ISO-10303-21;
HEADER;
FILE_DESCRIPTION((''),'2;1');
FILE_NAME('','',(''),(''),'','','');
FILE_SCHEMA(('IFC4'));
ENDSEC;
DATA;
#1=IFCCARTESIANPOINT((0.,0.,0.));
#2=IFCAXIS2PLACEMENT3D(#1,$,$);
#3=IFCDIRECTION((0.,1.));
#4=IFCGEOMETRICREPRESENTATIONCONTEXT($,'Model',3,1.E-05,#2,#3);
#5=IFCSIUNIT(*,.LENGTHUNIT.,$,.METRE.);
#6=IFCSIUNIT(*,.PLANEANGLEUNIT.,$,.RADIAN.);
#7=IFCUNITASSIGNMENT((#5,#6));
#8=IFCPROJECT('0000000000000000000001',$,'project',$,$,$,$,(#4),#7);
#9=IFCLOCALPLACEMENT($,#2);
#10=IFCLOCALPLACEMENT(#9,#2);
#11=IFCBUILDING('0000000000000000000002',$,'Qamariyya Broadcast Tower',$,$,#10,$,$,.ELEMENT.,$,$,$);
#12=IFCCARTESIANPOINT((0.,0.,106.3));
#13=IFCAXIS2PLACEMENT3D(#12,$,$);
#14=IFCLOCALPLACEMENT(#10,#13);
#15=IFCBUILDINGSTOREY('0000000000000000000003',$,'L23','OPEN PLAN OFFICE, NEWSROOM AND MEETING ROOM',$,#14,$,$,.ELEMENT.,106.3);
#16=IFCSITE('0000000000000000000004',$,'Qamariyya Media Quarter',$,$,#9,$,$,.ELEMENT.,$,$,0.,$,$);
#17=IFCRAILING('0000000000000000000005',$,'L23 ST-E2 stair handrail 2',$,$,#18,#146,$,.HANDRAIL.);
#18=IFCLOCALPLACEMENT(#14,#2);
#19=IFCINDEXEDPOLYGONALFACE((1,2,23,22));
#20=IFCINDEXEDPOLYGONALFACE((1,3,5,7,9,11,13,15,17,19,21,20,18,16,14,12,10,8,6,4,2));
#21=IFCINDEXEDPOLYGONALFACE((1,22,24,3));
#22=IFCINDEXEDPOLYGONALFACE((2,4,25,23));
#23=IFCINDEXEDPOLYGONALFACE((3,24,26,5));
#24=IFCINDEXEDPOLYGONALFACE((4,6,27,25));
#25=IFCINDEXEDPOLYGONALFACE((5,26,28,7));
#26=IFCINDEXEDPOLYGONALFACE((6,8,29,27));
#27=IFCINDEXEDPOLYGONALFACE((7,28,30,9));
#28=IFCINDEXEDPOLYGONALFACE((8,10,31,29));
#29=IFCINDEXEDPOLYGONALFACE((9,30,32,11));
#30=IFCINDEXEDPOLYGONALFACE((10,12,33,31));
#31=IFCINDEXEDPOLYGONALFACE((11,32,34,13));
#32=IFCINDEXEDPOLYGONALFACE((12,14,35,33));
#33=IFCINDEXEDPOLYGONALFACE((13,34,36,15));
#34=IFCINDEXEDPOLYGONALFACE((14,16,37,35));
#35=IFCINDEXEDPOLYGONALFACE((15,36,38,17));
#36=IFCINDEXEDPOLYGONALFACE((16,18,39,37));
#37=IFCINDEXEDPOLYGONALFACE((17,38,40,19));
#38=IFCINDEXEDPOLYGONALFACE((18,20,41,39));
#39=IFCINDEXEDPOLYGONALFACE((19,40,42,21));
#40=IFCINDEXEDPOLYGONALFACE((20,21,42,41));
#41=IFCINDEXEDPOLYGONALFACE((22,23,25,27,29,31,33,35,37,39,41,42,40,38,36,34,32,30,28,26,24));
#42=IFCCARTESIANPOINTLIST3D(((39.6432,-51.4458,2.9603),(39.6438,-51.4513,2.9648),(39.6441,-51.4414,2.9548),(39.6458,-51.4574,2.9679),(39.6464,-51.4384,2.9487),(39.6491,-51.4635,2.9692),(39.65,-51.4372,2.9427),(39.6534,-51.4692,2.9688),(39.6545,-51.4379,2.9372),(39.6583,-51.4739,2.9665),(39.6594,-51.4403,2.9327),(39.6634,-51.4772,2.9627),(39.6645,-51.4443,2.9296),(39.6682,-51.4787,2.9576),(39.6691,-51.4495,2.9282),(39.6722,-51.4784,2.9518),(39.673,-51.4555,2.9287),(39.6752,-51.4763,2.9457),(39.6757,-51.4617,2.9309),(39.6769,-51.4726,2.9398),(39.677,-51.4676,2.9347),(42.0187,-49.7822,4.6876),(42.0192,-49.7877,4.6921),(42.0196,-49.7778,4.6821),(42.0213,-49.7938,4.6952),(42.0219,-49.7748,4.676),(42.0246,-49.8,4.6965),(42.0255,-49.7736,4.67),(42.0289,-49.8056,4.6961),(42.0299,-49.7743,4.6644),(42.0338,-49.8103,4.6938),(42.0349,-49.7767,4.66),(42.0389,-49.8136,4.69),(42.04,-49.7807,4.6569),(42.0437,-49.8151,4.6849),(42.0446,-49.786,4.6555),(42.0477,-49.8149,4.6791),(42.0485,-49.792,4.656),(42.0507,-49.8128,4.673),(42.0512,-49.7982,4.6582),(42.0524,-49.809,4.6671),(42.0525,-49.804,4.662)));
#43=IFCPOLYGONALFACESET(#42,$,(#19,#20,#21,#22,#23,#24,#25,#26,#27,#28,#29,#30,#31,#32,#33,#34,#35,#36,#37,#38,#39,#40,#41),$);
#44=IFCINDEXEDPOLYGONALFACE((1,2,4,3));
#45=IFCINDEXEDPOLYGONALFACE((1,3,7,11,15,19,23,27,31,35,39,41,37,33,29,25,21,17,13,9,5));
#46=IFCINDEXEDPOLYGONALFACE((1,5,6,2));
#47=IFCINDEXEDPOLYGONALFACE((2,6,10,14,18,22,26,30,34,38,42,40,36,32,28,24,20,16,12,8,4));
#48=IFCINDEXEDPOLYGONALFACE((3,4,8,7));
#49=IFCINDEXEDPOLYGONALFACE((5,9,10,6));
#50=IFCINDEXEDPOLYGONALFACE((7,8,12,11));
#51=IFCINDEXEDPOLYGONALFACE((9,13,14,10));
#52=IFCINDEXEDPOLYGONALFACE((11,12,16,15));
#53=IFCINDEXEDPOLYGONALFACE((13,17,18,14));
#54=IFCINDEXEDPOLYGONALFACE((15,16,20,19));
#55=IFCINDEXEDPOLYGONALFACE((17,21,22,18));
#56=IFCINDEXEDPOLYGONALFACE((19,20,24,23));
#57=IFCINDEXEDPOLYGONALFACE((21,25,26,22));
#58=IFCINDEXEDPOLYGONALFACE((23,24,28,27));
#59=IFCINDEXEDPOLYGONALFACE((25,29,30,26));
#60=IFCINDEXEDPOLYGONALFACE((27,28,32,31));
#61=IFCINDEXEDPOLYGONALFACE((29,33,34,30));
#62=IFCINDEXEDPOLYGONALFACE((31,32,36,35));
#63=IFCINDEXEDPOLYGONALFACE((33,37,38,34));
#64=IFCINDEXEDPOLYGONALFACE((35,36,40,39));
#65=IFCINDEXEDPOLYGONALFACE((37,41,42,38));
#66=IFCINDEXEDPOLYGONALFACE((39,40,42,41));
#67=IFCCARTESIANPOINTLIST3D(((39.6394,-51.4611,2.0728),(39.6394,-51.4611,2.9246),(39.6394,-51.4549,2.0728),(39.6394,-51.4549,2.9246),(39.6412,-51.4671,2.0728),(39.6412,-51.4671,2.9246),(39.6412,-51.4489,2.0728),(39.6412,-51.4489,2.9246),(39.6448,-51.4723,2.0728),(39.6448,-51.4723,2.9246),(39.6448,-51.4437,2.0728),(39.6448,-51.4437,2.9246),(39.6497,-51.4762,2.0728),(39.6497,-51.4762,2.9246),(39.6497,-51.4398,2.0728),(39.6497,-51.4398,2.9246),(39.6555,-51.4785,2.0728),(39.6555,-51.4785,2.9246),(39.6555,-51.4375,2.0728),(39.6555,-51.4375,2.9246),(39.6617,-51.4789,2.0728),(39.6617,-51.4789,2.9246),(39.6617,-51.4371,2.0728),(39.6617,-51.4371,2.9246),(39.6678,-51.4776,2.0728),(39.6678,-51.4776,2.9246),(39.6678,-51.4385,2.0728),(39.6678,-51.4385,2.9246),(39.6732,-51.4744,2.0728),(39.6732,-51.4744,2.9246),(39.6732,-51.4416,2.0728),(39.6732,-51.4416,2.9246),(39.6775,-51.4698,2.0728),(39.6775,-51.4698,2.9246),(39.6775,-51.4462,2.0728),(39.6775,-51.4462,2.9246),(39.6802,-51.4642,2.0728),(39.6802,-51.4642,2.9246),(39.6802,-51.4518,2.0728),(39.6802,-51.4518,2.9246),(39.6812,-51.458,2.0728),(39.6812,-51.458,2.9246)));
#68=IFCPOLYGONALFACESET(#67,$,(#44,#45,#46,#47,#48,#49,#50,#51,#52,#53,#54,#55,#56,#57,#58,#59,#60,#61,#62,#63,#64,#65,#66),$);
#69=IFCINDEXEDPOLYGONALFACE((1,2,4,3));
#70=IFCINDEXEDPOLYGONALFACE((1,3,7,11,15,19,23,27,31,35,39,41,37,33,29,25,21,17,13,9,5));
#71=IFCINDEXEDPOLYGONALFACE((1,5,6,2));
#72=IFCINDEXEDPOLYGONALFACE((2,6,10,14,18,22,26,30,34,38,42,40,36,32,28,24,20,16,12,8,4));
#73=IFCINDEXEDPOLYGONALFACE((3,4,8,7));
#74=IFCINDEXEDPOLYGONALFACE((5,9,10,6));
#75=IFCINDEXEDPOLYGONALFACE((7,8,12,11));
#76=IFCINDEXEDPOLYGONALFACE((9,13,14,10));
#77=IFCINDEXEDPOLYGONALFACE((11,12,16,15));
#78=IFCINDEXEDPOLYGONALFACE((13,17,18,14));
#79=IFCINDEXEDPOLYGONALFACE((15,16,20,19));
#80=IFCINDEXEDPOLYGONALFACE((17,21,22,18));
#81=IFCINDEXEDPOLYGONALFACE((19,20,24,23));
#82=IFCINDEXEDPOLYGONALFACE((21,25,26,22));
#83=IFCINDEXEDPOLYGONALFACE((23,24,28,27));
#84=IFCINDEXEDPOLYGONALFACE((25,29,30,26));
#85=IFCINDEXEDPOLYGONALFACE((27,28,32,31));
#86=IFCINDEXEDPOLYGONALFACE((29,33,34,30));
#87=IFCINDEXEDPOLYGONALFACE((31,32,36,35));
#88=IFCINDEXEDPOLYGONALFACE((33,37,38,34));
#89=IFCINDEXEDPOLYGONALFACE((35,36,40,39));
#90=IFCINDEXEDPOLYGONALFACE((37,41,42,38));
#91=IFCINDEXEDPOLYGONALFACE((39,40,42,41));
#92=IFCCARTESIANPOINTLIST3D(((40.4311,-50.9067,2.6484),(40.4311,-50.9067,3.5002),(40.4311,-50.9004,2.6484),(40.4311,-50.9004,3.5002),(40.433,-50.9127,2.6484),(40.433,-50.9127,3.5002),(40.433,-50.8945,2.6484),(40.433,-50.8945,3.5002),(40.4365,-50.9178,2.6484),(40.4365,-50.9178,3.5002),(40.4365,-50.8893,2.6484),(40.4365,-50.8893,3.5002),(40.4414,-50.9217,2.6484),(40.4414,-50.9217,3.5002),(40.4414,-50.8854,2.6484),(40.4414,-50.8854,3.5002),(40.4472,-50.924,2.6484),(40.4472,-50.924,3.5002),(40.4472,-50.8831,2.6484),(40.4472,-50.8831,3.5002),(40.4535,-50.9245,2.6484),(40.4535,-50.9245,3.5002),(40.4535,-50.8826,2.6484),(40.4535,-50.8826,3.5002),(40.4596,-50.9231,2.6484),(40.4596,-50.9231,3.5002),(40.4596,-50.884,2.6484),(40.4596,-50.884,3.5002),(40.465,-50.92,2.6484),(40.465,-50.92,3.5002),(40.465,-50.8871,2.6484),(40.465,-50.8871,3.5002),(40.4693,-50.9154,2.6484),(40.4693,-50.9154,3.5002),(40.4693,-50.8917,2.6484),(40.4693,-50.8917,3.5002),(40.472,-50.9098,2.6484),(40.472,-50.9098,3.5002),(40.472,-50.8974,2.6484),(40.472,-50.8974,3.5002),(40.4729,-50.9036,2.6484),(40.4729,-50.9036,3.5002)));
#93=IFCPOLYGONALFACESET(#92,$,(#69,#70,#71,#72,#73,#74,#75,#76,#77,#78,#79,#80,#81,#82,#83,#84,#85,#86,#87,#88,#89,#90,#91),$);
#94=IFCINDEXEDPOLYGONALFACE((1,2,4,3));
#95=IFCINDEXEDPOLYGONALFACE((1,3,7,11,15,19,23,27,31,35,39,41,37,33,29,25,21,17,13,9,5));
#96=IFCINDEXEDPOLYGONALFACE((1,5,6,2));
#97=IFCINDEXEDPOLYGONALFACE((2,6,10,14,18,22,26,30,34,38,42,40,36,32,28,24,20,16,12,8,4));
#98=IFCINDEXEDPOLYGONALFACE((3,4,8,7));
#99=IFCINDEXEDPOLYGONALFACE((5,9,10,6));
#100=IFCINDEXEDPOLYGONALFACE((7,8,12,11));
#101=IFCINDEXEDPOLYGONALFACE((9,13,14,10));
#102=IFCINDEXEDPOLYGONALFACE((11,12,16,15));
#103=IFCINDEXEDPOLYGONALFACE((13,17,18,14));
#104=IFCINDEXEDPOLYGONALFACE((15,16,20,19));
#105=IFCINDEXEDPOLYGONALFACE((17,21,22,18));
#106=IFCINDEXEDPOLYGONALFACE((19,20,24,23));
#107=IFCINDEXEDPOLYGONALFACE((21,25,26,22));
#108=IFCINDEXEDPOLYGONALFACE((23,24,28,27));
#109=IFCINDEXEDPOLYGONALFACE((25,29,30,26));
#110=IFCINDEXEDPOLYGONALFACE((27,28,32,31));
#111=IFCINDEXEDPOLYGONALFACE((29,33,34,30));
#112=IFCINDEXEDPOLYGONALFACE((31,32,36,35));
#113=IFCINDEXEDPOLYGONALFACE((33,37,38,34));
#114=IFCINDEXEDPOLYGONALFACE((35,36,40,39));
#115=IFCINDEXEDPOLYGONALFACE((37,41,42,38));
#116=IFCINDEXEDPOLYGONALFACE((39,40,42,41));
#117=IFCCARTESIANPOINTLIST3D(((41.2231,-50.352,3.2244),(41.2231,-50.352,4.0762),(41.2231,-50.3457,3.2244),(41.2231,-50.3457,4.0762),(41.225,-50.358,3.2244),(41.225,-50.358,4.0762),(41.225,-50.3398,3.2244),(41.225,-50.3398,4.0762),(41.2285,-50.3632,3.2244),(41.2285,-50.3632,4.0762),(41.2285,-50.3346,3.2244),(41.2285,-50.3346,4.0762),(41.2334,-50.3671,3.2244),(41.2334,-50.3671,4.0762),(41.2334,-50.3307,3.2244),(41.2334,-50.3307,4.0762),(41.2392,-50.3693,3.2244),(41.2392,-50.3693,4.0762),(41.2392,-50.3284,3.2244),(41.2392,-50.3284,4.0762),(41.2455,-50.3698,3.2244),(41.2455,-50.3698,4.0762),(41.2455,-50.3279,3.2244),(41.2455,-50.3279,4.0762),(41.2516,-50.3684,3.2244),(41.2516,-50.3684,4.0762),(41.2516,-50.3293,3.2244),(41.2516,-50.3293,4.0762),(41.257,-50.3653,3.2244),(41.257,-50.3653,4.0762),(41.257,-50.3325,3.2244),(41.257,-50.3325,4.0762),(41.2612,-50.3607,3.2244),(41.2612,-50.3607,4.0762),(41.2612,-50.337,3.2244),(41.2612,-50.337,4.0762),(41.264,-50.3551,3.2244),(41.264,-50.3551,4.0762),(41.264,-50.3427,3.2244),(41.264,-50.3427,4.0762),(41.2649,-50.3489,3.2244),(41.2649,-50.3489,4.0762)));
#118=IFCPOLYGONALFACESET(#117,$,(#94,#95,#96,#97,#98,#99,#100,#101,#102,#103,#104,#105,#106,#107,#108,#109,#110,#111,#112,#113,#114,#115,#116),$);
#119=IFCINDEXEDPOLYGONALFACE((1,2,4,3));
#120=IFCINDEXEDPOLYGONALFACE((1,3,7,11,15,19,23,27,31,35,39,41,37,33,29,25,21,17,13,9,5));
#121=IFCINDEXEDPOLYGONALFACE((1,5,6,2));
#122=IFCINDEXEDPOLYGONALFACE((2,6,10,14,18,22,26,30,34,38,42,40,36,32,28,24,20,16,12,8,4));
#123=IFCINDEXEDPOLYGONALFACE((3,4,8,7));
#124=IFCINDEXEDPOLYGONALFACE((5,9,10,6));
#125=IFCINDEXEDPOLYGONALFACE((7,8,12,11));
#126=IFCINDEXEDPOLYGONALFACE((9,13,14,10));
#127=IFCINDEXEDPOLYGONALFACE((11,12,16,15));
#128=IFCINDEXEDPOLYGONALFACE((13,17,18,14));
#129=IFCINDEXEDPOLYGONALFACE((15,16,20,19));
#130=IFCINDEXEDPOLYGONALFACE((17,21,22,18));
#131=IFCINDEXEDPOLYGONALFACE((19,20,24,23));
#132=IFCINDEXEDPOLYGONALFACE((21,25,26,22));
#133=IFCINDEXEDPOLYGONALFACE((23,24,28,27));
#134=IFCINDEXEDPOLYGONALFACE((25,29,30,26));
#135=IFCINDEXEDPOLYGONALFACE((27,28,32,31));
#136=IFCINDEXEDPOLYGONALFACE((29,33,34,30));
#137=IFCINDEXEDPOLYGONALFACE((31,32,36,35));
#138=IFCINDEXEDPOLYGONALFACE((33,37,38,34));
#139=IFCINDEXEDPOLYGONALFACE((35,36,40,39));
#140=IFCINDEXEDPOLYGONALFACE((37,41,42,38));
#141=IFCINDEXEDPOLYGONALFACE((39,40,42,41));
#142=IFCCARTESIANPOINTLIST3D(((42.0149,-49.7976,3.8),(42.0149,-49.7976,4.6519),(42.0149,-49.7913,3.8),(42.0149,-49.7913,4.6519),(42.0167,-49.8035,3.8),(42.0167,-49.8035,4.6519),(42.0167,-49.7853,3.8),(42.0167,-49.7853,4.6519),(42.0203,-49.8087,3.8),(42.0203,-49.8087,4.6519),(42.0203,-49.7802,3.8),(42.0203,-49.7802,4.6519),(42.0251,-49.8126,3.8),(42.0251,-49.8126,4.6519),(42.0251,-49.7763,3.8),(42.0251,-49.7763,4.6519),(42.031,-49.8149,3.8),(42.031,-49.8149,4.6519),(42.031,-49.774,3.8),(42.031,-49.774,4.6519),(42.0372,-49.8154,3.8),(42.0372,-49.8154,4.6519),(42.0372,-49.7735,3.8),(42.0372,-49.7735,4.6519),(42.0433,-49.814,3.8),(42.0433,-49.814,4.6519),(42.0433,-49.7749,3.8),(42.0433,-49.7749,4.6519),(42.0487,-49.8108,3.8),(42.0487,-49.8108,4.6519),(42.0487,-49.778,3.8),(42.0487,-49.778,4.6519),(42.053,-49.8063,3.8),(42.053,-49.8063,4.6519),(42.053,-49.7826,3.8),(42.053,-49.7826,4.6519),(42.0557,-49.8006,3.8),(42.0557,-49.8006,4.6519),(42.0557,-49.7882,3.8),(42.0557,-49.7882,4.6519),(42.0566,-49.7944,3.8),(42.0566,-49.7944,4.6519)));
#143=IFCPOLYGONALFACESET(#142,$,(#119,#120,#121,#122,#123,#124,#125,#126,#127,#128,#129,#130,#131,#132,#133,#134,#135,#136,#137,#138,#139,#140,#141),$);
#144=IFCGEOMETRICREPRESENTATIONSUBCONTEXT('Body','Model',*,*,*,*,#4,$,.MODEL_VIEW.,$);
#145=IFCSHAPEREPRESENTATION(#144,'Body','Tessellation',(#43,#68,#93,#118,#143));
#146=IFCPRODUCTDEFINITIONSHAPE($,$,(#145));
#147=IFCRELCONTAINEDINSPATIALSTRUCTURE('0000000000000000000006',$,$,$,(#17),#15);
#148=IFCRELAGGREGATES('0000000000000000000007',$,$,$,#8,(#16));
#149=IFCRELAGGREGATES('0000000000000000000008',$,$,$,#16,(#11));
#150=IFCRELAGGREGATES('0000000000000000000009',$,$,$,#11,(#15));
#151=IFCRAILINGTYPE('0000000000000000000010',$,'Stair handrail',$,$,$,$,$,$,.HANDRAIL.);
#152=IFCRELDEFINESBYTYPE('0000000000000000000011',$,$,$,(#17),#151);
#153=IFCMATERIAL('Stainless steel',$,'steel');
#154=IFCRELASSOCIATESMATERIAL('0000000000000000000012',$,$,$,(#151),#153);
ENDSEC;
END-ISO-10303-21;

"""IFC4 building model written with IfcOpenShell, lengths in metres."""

from ifc_helpers import new_model, si_unit, direction, frame, origin, origin_2d, place, context, subcontext, project, spatial, circle, extrude, material, type_object, element, save


model = new_model("IFC4")

# Units and contexts
model_context = context("Model", 3, precision=1e-05, world=origin(), true_north=direction((0.0, 1.0)))
body_context = subcontext(model_context, "Body", "Model", "MODEL_VIEW")
ifc_project = project(units=[si_unit("LENGTHUNIT", "METRE"), si_unit("PLANEANGLEUNIT", "RADIAN")], contexts=[model_context])

# Site, building, storey
site_placement = place(None, origin())
site = spatial("IfcSite", under=ifc_project, at=site_placement, Name="Qamariyya Media Quarter", CompositionType="ELEMENT", RefElevation=0.0)
building_placement = place(site_placement, origin())
building = spatial("IfcBuilding", under=site, at=building_placement, Name="Qamariyya Broadcast Tower", CompositionType="ELEMENT")
storey_placement = place(building_placement, frame((0.0, 0.0, 106.3)))
storey = spatial("IfcBuildingStorey", under=building, at=storey_placement, Name="L23", Description="OPEN PLAN OFFICE, NEWSROOM AND MEETING ROOM", CompositionType="ELEMENT", Elevation=106.3)

# Railing
ifc_material_1 = material(Name="Stainless steel", Category="steel")
railing_type_1 = type_object("IfcRailingType", Name="Stair handrail", PredefinedType="HANDRAIL", material=ifc_material_1)
railing_1_placement = place(storey_placement, frame((39.6602, -51.458, 2.0728)))
element("IfcRailing", 1, at=railing_1_placement, inside=storey, type_object=railing_type_1, Name="L23 ST-E2 stair handrail 2", PredefinedType="HANDRAIL", context=body_context, shape_type="SweptSolid", body=[
    extrude(circle(Radius=0.0239, at=origin_2d()), frame((0.0, 0.0, 0.876), z_axis=(0.703745, 0.492838, 0.511716), x_axis=(-0.573632, 0.819113, 0.0)), (0.0, 0.0, 1.0), 3.3755),
    extrude(circle(Radius=0.021, at=origin_2d()), origin(), (0.0, 0.0, 1.0), 0.8518),
    extrude(circle(Radius=0.021, at=origin_2d()), frame((0.7917, 0.5544, 0.5757)), (0.0, 0.0, 1.0), 0.8518),
    extrude(circle(Radius=0.021, at=origin_2d()), frame((1.5837, 1.1091, 1.1516)), (0.0, 0.0, 1.0), 0.8518),
    extrude(circle(Radius=0.021, at=origin_2d()), frame((2.3755, 1.6636, 1.7273)), (0.0, 0.0, 1.0), 0.8518),
])

save(model, "model.ifc")
